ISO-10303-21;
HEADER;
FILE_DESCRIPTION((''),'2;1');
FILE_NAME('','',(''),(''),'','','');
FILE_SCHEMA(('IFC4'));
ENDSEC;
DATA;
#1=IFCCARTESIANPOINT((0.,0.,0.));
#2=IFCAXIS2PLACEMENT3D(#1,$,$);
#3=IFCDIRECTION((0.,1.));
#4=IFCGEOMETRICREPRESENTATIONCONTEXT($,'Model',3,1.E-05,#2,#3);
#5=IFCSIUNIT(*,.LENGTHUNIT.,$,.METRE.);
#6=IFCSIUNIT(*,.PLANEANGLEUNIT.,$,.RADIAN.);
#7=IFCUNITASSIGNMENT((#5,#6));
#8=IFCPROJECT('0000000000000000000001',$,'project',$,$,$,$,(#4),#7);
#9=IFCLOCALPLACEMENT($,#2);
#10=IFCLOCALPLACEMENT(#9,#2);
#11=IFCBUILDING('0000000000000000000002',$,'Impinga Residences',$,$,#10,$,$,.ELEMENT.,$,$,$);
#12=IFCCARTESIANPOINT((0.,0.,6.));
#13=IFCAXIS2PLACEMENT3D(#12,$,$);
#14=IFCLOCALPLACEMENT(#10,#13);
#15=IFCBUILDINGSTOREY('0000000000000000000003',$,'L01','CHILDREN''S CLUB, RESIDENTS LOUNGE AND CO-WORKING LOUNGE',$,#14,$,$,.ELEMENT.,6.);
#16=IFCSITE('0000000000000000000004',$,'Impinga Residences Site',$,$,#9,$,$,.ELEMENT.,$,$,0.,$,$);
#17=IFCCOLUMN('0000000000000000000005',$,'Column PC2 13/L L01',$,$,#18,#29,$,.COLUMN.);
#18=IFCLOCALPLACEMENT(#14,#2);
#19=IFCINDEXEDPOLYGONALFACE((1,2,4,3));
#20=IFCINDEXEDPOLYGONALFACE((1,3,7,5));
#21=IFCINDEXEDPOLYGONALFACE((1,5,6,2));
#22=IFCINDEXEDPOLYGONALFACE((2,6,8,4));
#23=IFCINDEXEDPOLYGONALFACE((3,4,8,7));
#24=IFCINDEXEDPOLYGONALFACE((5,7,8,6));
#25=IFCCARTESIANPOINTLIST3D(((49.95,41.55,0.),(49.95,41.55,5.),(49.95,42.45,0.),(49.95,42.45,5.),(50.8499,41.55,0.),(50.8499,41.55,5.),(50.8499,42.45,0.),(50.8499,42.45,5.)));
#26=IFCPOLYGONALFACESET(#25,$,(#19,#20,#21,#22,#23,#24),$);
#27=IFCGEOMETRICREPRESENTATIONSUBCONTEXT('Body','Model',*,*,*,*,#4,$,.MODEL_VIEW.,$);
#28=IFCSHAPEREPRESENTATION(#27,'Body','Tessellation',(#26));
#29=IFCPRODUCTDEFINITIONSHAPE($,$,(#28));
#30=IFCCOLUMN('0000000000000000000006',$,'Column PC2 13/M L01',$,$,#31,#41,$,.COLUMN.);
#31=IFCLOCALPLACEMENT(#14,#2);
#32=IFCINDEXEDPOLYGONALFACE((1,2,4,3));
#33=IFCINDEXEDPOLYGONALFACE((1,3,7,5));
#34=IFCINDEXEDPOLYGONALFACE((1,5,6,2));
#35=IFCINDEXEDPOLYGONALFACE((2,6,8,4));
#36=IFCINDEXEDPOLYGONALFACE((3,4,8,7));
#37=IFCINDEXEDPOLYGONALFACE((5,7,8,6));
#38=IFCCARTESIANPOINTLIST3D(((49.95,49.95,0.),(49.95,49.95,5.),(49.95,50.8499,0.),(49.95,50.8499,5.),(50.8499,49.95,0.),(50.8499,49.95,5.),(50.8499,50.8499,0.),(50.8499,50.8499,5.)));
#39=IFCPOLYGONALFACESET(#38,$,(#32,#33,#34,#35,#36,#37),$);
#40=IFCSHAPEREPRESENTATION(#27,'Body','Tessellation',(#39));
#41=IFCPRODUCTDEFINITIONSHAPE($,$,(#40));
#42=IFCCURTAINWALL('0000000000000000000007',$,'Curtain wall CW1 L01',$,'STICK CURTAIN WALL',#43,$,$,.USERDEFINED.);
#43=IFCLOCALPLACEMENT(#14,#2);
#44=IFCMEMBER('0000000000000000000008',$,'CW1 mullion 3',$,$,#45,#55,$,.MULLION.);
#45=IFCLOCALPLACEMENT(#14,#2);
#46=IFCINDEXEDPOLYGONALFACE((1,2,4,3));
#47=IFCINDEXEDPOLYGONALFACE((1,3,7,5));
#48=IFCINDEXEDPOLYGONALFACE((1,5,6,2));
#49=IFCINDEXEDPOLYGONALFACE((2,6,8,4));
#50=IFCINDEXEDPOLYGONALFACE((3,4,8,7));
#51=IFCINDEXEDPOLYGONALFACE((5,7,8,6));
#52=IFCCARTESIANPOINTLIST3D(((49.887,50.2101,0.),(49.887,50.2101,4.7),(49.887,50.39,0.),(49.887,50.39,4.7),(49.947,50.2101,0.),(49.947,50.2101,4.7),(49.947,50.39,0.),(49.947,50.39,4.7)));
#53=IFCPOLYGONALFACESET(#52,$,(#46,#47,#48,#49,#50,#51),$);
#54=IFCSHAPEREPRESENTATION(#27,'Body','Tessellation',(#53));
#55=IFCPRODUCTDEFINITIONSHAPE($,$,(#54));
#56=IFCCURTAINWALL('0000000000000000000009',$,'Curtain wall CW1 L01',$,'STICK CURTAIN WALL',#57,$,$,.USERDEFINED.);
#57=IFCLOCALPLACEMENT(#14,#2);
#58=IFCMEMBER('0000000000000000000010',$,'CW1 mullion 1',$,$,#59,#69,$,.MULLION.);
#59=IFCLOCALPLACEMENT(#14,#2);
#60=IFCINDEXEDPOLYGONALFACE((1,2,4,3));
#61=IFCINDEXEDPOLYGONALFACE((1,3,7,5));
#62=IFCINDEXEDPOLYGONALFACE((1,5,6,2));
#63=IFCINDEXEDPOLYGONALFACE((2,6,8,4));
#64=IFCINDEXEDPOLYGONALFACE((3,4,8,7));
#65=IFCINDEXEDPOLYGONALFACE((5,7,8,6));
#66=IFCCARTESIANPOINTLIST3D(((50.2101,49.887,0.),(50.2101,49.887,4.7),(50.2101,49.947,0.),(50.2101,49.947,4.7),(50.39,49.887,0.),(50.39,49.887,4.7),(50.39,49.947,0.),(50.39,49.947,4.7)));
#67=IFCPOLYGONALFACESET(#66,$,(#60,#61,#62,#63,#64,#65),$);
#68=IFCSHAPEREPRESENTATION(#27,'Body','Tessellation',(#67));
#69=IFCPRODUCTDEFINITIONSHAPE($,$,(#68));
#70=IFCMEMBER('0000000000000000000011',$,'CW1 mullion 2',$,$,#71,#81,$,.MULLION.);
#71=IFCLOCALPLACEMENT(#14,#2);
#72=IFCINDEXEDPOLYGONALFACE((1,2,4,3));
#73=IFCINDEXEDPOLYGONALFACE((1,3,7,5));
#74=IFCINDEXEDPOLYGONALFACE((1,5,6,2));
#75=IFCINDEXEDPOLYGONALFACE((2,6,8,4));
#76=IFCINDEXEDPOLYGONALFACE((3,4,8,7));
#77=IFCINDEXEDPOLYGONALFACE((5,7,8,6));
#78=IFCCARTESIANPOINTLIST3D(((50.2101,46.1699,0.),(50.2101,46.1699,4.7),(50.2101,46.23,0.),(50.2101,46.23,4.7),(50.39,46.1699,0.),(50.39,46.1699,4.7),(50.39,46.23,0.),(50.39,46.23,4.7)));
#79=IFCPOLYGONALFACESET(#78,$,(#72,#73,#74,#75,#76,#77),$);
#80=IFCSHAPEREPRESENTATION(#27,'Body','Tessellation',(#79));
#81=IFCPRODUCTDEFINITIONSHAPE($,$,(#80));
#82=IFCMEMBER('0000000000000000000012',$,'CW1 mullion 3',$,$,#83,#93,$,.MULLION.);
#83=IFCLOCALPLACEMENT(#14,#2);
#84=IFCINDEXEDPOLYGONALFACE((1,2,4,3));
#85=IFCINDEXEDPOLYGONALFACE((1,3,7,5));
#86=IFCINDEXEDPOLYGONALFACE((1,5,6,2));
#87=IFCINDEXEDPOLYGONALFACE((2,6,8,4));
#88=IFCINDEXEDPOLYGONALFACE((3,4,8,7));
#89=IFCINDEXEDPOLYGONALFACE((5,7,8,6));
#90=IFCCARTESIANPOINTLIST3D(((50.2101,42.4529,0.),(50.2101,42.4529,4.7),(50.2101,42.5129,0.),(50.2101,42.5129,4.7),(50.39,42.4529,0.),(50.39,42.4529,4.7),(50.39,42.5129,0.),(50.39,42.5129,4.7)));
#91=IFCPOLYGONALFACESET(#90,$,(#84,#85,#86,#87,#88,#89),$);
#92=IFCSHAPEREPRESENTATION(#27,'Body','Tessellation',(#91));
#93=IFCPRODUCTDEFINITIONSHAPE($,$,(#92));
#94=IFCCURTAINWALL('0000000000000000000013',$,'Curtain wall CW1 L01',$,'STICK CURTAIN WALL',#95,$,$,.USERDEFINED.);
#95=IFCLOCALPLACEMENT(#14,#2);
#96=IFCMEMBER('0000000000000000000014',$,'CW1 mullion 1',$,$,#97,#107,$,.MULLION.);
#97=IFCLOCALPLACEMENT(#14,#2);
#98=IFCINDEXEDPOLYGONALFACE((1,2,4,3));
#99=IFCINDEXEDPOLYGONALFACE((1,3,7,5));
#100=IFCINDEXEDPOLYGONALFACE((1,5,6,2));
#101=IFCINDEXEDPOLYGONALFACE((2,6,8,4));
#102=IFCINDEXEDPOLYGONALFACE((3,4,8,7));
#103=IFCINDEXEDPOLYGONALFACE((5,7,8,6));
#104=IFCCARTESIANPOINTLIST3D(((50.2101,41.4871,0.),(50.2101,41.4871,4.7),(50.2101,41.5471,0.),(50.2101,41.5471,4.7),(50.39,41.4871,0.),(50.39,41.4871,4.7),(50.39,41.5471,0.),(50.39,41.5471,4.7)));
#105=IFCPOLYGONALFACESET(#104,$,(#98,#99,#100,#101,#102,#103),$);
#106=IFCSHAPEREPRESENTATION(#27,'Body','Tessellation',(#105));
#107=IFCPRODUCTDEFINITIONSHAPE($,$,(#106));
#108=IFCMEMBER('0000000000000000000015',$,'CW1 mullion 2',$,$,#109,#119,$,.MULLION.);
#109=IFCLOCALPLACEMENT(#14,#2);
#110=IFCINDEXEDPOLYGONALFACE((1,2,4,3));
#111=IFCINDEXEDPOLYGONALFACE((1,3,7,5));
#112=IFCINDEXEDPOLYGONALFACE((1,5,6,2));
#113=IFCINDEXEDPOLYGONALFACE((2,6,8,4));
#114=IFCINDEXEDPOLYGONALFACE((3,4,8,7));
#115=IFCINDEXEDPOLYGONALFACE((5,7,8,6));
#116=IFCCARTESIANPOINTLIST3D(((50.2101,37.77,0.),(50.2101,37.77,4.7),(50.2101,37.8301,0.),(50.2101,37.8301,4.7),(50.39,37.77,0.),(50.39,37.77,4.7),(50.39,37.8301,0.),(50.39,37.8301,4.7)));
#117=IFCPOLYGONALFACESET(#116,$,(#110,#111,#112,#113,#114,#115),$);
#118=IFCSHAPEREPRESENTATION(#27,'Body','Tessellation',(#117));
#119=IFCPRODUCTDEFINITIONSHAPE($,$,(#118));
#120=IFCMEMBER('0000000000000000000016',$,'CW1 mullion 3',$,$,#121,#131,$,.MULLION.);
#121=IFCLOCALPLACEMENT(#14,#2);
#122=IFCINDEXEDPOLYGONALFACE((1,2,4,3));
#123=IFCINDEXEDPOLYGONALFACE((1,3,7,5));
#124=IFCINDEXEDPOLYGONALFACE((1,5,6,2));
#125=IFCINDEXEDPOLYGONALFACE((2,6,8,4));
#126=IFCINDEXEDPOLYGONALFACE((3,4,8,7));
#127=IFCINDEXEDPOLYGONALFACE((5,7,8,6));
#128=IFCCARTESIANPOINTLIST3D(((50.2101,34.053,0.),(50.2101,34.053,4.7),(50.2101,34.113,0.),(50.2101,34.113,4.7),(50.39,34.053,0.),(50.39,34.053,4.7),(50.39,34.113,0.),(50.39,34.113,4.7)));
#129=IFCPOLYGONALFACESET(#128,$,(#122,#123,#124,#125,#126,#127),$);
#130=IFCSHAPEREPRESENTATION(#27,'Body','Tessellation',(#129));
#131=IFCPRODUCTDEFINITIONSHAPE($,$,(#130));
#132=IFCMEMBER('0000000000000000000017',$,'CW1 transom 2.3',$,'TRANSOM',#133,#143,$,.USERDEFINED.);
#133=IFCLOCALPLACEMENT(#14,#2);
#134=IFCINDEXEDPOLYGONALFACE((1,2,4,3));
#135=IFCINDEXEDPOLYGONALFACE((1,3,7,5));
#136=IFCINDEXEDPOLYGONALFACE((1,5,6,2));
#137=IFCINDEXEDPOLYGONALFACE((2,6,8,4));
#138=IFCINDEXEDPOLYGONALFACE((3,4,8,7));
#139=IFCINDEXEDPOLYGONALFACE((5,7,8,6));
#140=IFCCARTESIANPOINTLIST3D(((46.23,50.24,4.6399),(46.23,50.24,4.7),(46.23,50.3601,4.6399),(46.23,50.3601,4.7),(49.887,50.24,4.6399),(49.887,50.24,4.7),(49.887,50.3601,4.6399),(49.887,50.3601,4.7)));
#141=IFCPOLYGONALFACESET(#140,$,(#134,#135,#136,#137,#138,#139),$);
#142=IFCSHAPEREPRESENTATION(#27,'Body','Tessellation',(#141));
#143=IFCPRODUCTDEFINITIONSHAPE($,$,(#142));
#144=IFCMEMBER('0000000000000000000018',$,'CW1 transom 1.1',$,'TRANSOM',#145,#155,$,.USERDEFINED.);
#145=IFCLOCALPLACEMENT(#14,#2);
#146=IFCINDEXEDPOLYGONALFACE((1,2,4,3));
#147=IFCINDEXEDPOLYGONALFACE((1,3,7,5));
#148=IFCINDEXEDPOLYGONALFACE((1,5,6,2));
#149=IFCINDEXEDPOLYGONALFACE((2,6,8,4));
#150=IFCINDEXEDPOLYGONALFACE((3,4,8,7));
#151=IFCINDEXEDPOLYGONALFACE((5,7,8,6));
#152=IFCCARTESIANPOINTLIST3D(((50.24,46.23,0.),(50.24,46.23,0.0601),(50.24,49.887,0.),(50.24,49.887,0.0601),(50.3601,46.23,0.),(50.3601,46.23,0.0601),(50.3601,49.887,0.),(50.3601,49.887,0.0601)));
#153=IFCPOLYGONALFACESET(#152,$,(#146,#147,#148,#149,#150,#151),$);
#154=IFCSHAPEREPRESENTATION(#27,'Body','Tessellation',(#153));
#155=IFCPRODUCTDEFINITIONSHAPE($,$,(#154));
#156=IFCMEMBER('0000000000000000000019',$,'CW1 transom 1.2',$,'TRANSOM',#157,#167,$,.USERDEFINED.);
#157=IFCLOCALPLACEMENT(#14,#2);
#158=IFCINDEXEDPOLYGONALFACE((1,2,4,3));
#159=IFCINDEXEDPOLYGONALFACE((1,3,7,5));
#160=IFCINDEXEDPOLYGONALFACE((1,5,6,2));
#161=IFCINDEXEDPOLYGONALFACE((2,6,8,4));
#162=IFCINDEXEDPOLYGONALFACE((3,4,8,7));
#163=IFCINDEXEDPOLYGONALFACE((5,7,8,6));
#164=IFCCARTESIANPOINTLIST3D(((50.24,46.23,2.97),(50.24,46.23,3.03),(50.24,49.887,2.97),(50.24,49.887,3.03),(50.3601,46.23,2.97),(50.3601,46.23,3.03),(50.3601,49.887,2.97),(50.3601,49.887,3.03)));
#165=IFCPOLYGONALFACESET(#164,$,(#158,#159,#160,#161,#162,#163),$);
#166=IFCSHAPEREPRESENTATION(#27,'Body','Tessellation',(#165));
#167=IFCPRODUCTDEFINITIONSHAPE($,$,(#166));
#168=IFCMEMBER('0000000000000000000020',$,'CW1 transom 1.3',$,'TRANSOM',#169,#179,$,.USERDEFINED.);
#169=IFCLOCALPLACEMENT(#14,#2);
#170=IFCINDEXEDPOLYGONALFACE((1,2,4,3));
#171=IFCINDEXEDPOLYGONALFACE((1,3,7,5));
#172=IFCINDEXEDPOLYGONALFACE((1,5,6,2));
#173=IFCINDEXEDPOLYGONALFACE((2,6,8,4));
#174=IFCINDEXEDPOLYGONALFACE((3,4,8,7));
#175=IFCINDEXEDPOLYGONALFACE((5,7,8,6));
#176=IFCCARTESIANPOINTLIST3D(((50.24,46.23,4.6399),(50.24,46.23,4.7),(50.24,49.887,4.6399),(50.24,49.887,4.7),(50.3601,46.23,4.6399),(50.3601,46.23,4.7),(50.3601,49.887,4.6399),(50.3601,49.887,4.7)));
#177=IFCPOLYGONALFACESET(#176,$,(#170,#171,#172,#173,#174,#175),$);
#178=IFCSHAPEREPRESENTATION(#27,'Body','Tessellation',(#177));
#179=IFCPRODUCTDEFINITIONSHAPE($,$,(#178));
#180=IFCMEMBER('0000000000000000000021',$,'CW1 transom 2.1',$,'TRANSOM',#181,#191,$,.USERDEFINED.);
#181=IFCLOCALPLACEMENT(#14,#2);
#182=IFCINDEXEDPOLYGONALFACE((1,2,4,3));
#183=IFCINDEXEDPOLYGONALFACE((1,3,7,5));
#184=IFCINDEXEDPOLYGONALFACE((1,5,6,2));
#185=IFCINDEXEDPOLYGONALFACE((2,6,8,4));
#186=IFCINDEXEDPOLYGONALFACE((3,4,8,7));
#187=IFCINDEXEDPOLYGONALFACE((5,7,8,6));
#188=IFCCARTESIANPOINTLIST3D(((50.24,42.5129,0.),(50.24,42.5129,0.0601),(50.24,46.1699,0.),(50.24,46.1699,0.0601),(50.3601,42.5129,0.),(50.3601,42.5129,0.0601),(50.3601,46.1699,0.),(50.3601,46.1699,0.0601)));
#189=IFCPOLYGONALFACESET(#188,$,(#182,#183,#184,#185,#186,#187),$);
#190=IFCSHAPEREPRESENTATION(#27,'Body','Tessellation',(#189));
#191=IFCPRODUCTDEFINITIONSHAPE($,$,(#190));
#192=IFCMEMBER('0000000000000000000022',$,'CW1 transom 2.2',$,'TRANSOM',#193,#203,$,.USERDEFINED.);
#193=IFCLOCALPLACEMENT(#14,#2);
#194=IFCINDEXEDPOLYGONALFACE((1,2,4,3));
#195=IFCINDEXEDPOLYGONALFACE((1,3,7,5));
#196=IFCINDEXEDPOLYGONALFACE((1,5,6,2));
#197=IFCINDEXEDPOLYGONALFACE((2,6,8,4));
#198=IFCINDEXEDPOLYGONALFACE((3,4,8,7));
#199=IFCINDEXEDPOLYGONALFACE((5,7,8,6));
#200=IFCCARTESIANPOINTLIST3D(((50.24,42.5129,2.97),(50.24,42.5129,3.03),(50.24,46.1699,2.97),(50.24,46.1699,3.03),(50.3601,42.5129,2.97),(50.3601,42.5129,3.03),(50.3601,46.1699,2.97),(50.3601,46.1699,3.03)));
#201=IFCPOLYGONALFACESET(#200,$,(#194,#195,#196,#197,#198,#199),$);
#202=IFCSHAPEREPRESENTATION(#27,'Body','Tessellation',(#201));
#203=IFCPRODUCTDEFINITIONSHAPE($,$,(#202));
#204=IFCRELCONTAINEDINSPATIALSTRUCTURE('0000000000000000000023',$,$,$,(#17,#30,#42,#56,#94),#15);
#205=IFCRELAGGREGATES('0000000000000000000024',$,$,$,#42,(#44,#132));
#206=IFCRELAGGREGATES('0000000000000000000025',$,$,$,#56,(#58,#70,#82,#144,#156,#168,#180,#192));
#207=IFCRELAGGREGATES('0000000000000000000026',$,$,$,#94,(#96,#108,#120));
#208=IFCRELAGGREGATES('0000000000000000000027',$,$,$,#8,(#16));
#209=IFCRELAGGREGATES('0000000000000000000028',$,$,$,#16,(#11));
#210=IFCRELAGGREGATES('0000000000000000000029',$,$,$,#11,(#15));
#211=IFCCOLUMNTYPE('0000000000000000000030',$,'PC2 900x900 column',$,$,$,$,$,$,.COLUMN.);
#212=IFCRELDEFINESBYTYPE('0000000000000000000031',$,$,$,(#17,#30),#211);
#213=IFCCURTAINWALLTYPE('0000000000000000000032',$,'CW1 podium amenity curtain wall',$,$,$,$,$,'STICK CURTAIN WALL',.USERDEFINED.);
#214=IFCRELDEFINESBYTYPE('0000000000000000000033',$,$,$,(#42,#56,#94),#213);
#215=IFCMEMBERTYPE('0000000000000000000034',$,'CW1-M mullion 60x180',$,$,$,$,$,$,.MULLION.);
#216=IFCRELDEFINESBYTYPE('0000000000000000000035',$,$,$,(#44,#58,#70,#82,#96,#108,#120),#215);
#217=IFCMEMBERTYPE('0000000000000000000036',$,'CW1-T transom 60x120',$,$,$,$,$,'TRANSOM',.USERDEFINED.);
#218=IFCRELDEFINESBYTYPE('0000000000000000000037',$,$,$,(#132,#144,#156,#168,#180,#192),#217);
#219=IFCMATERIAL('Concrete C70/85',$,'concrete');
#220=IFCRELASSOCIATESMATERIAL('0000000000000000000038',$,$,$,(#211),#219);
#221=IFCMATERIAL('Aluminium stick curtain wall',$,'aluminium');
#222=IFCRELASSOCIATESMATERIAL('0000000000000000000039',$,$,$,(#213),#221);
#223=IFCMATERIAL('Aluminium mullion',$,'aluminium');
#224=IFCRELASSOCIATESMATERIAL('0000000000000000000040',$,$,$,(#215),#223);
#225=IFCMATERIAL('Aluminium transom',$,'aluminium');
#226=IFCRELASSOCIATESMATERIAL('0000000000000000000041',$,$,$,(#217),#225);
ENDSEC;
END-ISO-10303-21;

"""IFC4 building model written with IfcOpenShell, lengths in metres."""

from ifc_helpers import new_model, si_unit, direction, frame, origin, origin_2d, place, context, subcontext, project, spatial, rectangle, extrude, material, material_profile, profile_set, type_object, element, aggregate, save


model = new_model("IFC4")

# Units and contexts
model_context = context("Model", 3, precision=1e-05, world=origin(), true_north=direction((0.0, 1.0)))
body_context = subcontext(model_context, "Body", "Model", "MODEL_VIEW")
ifc_project = project(units=[si_unit("LENGTHUNIT", "METRE"), si_unit("PLANEANGLEUNIT", "RADIAN")], contexts=[model_context])

# Site, building, storey
site_placement = place(None, origin())
site = spatial("IfcSite", under=ifc_project, at=site_placement, Name="Impinga Residences Site", CompositionType="ELEMENT", RefElevation=0.0)
building_placement = place(site_placement, origin())
building = spatial("IfcBuilding", under=site, at=building_placement, Name="Impinga Residences", CompositionType="ELEMENT")
storey_placement = place(building_placement, frame((0.0, 0.0, 6.0)))
storey = spatial("IfcBuildingStorey", under=building, at=storey_placement, Name="L01", Description="CHILDREN'S CLUB, RESIDENTS LOUNGE AND CO-WORKING LOUNGE", CompositionType="ELEMENT", Elevation=6.0)

# Columns
ifc_material_1 = material(Name="Concrete C70/85", Category="concrete")
ifc_material_profile_1 = material_profile(ifc_material_1, rectangle(XDim=0.8999, YDim=0.8999, at=origin_2d()), Name="RC 900x900")
ifc_profile_set_1 = profile_set([ifc_material_profile_1], Name="Concrete C70/85")
column_type = type_object("IfcColumnType", Name="PC2 900x900 column", PredefinedType="COLUMN", material=ifc_profile_set_1)
for number, where, z_axis, x_axis, name in (
    (1, (50.3999, 42.0, 0.0), (0.0, 0.0, 1.0), (1.0, 0.0, 0.0), "Column PC2 13/L L01"),
    (2, (50.3999, 50.3999, 0.0), (0.0, 0.0, 1.0), (1.0, 0.0, 0.0), "Column PC2 13/M L01"),
):
    element("IfcColumn", number, at=place(storey_placement, frame(where, z_axis=z_axis, x_axis=x_axis)), inside=storey, type_object=column_type, Name=name, PredefinedType="COLUMN", context=body_context, shape_type="SweptSolid", body=[
        extrude(rectangle(XDim=0.8999, YDim=0.8999, at=origin_2d()), origin(), (0.0, 0.0, 1.0), 5.0),
    ])

# Curtain wall, member
ifc_material_2 = material(Name="Aluminium stick curtain wall", Category="aluminium")
curtain_wall_type = type_object("IfcCurtainWallType", Name="CW1 podium amenity curtain wall", ElementType="STICK CURTAIN WALL", PredefinedType="USERDEFINED", material=ifc_material_2)
curtain_wall_1_placement = place(storey_placement, origin())
curtain_wall_1 = element("IfcCurtainWall", 3, at=curtain_wall_1_placement, inside=storey, type_object=curtain_wall_type, Name="Curtain wall CW1 L01", ObjectType="STICK CURTAIN WALL", PredefinedType="USERDEFINED")
ifc_material_3 = material(Name="Aluminium mullion", Category="aluminium")
ifc_material_profile_2 = material_profile(ifc_material_3, rectangle(XDim=0.0601, YDim=0.1799, at=origin_2d()), Name="60x180 mullion")
ifc_profile_set_2 = profile_set([ifc_material_profile_2], Name="Aluminium mullion")
member_type_1 = type_object("IfcMemberType", Name="CW1-M mullion 60x180", PredefinedType="MULLION", material=ifc_profile_set_2)
member_1_placement = place(storey_placement, frame((49.917, 50.3, 0.0), z_axis=(0.0, 0.0, 1.0), x_axis=(1.0, 0.0, 0.0)))
member_1 = element("IfcMember", 4, at=member_1_placement, type_object=member_type_1, Name="CW1 mullion 3", PredefinedType="MULLION", context=body_context, shape_type="SweptSolid", body=[
    extrude(rectangle(XDim=0.0601, YDim=0.1799, at=origin_2d()), origin(), (0.0, 0.0, 1.0), 4.7),
])

# Curtain walls, members
curtain_wall_2_placement = place(storey_placement, origin())
curtain_wall_2 = element("IfcCurtainWall", 5, at=curtain_wall_2_placement, inside=storey, type_object=curtain_wall_type, Name="Curtain wall CW1 L01", ObjectType="STICK CURTAIN WALL", PredefinedType="USERDEFINED")
member_2_placement = place(storey_placement, frame((50.3, 49.917, 0.0), z_axis=(0.0, 0.0, 1.0), x_axis=(0.0, -1.0, 0.0)))
member_2 = element("IfcMember", 6, at=member_2_placement, type_object=member_type_1, Name="CW1 mullion 1", PredefinedType="MULLION", context=body_context, shape_type="SweptSolid", body=[
    extrude(rectangle(XDim=0.0601, YDim=0.1799, at=origin_2d()), origin(), (0.0, 0.0, 1.0), 4.7),
])
member_3_placement = place(storey_placement, frame((50.3, 46.2, 0.0), z_axis=(0.0, 0.0, 1.0), x_axis=(0.0, -1.0, 0.0)))
member_3 = element("IfcMember", 7, at=member_3_placement, type_object=member_type_1, Name="CW1 mullion 2", PredefinedType="MULLION", context=body_context, shape_type="SweptSolid", body=[
    extrude(rectangle(XDim=0.0601, YDim=0.1799, at=origin_2d()), origin(), (0.0, 0.0, 1.0), 4.7),
])
member_4_placement = place(storey_placement, frame((50.3, 42.4829, 0.0), z_axis=(0.0, 0.0, 1.0), x_axis=(0.0, -1.0, 0.0)))
member_4 = element("IfcMember", 8, at=member_4_placement, type_object=member_type_1, Name="CW1 mullion 3", PredefinedType="MULLION", context=body_context, shape_type="SweptSolid", body=[
    extrude(rectangle(XDim=0.0601, YDim=0.1799, at=origin_2d()), origin(), (0.0, 0.0, 1.0), 4.7),
])
curtain_wall_3_placement = place(storey_placement, origin())
curtain_wall_3 = element("IfcCurtainWall", 9, at=curtain_wall_3_placement, inside=storey, type_object=curtain_wall_type, Name="Curtain wall CW1 L01", ObjectType="STICK CURTAIN WALL", PredefinedType="USERDEFINED")
member_5_placement = place(storey_placement, frame((50.3, 41.5171, 0.0), z_axis=(0.0, 0.0, 1.0), x_axis=(0.0, -1.0, 0.0)))
member_5 = element("IfcMember", 10, at=member_5_placement, type_object=member_type_1, Name="CW1 mullion 1", PredefinedType="MULLION", context=body_context, shape_type="SweptSolid", body=[
    extrude(rectangle(XDim=0.0601, YDim=0.1799, at=origin_2d()), origin(), (0.0, 0.0, 1.0), 4.7),
])
member_6_placement = place(storey_placement, frame((50.3, 37.8, 0.0), z_axis=(0.0, 0.0, 1.0), x_axis=(0.0, -1.0, 0.0)))
member_6 = element("IfcMember", 11, at=member_6_placement, type_object=member_type_1, Name="CW1 mullion 2", PredefinedType="MULLION", context=body_context, shape_type="SweptSolid", body=[
    extrude(rectangle(XDim=0.0601, YDim=0.1799, at=origin_2d()), origin(), (0.0, 0.0, 1.0), 4.7),
])
member_7_placement = place(storey_placement, frame((50.3, 34.083, 0.0), z_axis=(0.0, 0.0, 1.0), x_axis=(0.0, -1.0, 0.0)))
member_7 = element("IfcMember", 12, at=member_7_placement, type_object=member_type_1, Name="CW1 mullion 3", PredefinedType="MULLION", context=body_context, shape_type="SweptSolid", body=[
    extrude(rectangle(XDim=0.0601, YDim=0.1799, at=origin_2d()), origin(), (0.0, 0.0, 1.0), 4.7),
])

# Members
ifc_material_4 = material(Name="Aluminium transom", Category="aluminium")
ifc_material_profile_3 = material_profile(ifc_material_4, rectangle(XDim=0.0601, YDim=0.1201, at=origin_2d()), Name="60x120 transom")
ifc_profile_set_3 = profile_set([ifc_material_profile_3], Name="Aluminium transom")
member_type_2 = type_object("IfcMemberType", Name="CW1-T transom 60x120", ElementType="TRANSOM", PredefinedType="USERDEFINED", material=ifc_profile_set_3)
member_8_placement = place(storey_placement, frame((46.23, 50.3, 4.6699), z_axis=(1.0, 0.0, 0.0), x_axis=(0.0, 0.0, 1.0)))
member_8 = element("IfcMember", 13, at=member_8_placement, type_object=member_type_2, Name="CW1 transom 2.3", ObjectType="TRANSOM", PredefinedType="USERDEFINED", context=body_context, shape_type="SweptSolid", body=[
    extrude(rectangle(XDim=0.0601, YDim=0.1201, at=origin_2d()), origin(), (0.0, 0.0, 1.0), 3.657),
])
member_9_placement = place(storey_placement, frame((50.3, 49.887, 0.03), z_axis=(0.0, -1.0, 0.0), x_axis=(0.0, 0.0, 1.0)))
member_9 = element("IfcMember", 14, at=member_9_placement, type_object=member_type_2, Name="CW1 transom 1.1", ObjectType="TRANSOM", PredefinedType="USERDEFINED", context=body_context, shape_type="SweptSolid", body=[
    extrude(rectangle(XDim=0.0601, YDim=0.1201, at=origin_2d()), origin(), (0.0, 0.0, 1.0), 3.657),
])
member_10_placement = place(storey_placement, frame((50.3, 49.887, 3.0), z_axis=(0.0, -1.0, 0.0), x_axis=(0.0, 0.0, 1.0)))
member_10 = element("IfcMember", 15, at=member_10_placement, type_object=member_type_2, Name="CW1 transom 1.2", ObjectType="TRANSOM", PredefinedType="USERDEFINED", context=body_context, shape_type="SweptSolid", body=[
    extrude(rectangle(XDim=0.0601, YDim=0.1201, at=origin_2d()), origin(), (0.0, 0.0, 1.0), 3.657),
])
member_11_placement = place(storey_placement, frame((50.3, 49.887, 4.6699), z_axis=(0.0, -1.0, 0.0), x_axis=(0.0, 0.0, 1.0)))
member_11 = element("IfcMember", 16, at=member_11_placement, type_object=member_type_2, Name="CW1 transom 1.3", ObjectType="TRANSOM", PredefinedType="USERDEFINED", context=body_context, shape_type="SweptSolid", body=[
    extrude(rectangle(XDim=0.0601, YDim=0.1201, at=origin_2d()), origin(), (0.0, 0.0, 1.0), 3.657),
])
member_12_placement = place(storey_placement, frame((50.3, 46.1699, 0.03), z_axis=(0.0, -1.0, 0.0), x_axis=(0.0, 0.0, 1.0)))
member_12 = element("IfcMember", 17, at=member_12_placement, type_object=member_type_2, Name="CW1 transom 2.1", ObjectType="TRANSOM", PredefinedType="USERDEFINED", context=body_context, shape_type="SweptSolid", body=[
    extrude(rectangle(XDim=0.0601, YDim=0.1201, at=origin_2d()), origin(), (0.0, 0.0, 1.0), 3.657),
])
member_13_placement = place(storey_placement, frame((50.3, 46.1699, 3.0), z_axis=(0.0, -1.0, 0.0), x_axis=(0.0, 0.0, 1.0)))
member_13 = element("IfcMember", 18, at=member_13_placement, type_object=member_type_2, Name="CW1 transom 2.2", ObjectType="TRANSOM", PredefinedType="USERDEFINED", context=body_context, shape_type="SweptSolid", body=[
    extrude(rectangle(XDim=0.0601, YDim=0.1201, at=origin_2d()), origin(), (0.0, 0.0, 1.0), 3.657),
])

aggregate(curtain_wall_1, [member_1, member_8])
aggregate(curtain_wall_2, [member_2, member_3, member_4, member_9, member_10, member_11, member_12, member_13])
aggregate(curtain_wall_3, [member_5, member_6, member_7])

save(model, "model.ifc")
